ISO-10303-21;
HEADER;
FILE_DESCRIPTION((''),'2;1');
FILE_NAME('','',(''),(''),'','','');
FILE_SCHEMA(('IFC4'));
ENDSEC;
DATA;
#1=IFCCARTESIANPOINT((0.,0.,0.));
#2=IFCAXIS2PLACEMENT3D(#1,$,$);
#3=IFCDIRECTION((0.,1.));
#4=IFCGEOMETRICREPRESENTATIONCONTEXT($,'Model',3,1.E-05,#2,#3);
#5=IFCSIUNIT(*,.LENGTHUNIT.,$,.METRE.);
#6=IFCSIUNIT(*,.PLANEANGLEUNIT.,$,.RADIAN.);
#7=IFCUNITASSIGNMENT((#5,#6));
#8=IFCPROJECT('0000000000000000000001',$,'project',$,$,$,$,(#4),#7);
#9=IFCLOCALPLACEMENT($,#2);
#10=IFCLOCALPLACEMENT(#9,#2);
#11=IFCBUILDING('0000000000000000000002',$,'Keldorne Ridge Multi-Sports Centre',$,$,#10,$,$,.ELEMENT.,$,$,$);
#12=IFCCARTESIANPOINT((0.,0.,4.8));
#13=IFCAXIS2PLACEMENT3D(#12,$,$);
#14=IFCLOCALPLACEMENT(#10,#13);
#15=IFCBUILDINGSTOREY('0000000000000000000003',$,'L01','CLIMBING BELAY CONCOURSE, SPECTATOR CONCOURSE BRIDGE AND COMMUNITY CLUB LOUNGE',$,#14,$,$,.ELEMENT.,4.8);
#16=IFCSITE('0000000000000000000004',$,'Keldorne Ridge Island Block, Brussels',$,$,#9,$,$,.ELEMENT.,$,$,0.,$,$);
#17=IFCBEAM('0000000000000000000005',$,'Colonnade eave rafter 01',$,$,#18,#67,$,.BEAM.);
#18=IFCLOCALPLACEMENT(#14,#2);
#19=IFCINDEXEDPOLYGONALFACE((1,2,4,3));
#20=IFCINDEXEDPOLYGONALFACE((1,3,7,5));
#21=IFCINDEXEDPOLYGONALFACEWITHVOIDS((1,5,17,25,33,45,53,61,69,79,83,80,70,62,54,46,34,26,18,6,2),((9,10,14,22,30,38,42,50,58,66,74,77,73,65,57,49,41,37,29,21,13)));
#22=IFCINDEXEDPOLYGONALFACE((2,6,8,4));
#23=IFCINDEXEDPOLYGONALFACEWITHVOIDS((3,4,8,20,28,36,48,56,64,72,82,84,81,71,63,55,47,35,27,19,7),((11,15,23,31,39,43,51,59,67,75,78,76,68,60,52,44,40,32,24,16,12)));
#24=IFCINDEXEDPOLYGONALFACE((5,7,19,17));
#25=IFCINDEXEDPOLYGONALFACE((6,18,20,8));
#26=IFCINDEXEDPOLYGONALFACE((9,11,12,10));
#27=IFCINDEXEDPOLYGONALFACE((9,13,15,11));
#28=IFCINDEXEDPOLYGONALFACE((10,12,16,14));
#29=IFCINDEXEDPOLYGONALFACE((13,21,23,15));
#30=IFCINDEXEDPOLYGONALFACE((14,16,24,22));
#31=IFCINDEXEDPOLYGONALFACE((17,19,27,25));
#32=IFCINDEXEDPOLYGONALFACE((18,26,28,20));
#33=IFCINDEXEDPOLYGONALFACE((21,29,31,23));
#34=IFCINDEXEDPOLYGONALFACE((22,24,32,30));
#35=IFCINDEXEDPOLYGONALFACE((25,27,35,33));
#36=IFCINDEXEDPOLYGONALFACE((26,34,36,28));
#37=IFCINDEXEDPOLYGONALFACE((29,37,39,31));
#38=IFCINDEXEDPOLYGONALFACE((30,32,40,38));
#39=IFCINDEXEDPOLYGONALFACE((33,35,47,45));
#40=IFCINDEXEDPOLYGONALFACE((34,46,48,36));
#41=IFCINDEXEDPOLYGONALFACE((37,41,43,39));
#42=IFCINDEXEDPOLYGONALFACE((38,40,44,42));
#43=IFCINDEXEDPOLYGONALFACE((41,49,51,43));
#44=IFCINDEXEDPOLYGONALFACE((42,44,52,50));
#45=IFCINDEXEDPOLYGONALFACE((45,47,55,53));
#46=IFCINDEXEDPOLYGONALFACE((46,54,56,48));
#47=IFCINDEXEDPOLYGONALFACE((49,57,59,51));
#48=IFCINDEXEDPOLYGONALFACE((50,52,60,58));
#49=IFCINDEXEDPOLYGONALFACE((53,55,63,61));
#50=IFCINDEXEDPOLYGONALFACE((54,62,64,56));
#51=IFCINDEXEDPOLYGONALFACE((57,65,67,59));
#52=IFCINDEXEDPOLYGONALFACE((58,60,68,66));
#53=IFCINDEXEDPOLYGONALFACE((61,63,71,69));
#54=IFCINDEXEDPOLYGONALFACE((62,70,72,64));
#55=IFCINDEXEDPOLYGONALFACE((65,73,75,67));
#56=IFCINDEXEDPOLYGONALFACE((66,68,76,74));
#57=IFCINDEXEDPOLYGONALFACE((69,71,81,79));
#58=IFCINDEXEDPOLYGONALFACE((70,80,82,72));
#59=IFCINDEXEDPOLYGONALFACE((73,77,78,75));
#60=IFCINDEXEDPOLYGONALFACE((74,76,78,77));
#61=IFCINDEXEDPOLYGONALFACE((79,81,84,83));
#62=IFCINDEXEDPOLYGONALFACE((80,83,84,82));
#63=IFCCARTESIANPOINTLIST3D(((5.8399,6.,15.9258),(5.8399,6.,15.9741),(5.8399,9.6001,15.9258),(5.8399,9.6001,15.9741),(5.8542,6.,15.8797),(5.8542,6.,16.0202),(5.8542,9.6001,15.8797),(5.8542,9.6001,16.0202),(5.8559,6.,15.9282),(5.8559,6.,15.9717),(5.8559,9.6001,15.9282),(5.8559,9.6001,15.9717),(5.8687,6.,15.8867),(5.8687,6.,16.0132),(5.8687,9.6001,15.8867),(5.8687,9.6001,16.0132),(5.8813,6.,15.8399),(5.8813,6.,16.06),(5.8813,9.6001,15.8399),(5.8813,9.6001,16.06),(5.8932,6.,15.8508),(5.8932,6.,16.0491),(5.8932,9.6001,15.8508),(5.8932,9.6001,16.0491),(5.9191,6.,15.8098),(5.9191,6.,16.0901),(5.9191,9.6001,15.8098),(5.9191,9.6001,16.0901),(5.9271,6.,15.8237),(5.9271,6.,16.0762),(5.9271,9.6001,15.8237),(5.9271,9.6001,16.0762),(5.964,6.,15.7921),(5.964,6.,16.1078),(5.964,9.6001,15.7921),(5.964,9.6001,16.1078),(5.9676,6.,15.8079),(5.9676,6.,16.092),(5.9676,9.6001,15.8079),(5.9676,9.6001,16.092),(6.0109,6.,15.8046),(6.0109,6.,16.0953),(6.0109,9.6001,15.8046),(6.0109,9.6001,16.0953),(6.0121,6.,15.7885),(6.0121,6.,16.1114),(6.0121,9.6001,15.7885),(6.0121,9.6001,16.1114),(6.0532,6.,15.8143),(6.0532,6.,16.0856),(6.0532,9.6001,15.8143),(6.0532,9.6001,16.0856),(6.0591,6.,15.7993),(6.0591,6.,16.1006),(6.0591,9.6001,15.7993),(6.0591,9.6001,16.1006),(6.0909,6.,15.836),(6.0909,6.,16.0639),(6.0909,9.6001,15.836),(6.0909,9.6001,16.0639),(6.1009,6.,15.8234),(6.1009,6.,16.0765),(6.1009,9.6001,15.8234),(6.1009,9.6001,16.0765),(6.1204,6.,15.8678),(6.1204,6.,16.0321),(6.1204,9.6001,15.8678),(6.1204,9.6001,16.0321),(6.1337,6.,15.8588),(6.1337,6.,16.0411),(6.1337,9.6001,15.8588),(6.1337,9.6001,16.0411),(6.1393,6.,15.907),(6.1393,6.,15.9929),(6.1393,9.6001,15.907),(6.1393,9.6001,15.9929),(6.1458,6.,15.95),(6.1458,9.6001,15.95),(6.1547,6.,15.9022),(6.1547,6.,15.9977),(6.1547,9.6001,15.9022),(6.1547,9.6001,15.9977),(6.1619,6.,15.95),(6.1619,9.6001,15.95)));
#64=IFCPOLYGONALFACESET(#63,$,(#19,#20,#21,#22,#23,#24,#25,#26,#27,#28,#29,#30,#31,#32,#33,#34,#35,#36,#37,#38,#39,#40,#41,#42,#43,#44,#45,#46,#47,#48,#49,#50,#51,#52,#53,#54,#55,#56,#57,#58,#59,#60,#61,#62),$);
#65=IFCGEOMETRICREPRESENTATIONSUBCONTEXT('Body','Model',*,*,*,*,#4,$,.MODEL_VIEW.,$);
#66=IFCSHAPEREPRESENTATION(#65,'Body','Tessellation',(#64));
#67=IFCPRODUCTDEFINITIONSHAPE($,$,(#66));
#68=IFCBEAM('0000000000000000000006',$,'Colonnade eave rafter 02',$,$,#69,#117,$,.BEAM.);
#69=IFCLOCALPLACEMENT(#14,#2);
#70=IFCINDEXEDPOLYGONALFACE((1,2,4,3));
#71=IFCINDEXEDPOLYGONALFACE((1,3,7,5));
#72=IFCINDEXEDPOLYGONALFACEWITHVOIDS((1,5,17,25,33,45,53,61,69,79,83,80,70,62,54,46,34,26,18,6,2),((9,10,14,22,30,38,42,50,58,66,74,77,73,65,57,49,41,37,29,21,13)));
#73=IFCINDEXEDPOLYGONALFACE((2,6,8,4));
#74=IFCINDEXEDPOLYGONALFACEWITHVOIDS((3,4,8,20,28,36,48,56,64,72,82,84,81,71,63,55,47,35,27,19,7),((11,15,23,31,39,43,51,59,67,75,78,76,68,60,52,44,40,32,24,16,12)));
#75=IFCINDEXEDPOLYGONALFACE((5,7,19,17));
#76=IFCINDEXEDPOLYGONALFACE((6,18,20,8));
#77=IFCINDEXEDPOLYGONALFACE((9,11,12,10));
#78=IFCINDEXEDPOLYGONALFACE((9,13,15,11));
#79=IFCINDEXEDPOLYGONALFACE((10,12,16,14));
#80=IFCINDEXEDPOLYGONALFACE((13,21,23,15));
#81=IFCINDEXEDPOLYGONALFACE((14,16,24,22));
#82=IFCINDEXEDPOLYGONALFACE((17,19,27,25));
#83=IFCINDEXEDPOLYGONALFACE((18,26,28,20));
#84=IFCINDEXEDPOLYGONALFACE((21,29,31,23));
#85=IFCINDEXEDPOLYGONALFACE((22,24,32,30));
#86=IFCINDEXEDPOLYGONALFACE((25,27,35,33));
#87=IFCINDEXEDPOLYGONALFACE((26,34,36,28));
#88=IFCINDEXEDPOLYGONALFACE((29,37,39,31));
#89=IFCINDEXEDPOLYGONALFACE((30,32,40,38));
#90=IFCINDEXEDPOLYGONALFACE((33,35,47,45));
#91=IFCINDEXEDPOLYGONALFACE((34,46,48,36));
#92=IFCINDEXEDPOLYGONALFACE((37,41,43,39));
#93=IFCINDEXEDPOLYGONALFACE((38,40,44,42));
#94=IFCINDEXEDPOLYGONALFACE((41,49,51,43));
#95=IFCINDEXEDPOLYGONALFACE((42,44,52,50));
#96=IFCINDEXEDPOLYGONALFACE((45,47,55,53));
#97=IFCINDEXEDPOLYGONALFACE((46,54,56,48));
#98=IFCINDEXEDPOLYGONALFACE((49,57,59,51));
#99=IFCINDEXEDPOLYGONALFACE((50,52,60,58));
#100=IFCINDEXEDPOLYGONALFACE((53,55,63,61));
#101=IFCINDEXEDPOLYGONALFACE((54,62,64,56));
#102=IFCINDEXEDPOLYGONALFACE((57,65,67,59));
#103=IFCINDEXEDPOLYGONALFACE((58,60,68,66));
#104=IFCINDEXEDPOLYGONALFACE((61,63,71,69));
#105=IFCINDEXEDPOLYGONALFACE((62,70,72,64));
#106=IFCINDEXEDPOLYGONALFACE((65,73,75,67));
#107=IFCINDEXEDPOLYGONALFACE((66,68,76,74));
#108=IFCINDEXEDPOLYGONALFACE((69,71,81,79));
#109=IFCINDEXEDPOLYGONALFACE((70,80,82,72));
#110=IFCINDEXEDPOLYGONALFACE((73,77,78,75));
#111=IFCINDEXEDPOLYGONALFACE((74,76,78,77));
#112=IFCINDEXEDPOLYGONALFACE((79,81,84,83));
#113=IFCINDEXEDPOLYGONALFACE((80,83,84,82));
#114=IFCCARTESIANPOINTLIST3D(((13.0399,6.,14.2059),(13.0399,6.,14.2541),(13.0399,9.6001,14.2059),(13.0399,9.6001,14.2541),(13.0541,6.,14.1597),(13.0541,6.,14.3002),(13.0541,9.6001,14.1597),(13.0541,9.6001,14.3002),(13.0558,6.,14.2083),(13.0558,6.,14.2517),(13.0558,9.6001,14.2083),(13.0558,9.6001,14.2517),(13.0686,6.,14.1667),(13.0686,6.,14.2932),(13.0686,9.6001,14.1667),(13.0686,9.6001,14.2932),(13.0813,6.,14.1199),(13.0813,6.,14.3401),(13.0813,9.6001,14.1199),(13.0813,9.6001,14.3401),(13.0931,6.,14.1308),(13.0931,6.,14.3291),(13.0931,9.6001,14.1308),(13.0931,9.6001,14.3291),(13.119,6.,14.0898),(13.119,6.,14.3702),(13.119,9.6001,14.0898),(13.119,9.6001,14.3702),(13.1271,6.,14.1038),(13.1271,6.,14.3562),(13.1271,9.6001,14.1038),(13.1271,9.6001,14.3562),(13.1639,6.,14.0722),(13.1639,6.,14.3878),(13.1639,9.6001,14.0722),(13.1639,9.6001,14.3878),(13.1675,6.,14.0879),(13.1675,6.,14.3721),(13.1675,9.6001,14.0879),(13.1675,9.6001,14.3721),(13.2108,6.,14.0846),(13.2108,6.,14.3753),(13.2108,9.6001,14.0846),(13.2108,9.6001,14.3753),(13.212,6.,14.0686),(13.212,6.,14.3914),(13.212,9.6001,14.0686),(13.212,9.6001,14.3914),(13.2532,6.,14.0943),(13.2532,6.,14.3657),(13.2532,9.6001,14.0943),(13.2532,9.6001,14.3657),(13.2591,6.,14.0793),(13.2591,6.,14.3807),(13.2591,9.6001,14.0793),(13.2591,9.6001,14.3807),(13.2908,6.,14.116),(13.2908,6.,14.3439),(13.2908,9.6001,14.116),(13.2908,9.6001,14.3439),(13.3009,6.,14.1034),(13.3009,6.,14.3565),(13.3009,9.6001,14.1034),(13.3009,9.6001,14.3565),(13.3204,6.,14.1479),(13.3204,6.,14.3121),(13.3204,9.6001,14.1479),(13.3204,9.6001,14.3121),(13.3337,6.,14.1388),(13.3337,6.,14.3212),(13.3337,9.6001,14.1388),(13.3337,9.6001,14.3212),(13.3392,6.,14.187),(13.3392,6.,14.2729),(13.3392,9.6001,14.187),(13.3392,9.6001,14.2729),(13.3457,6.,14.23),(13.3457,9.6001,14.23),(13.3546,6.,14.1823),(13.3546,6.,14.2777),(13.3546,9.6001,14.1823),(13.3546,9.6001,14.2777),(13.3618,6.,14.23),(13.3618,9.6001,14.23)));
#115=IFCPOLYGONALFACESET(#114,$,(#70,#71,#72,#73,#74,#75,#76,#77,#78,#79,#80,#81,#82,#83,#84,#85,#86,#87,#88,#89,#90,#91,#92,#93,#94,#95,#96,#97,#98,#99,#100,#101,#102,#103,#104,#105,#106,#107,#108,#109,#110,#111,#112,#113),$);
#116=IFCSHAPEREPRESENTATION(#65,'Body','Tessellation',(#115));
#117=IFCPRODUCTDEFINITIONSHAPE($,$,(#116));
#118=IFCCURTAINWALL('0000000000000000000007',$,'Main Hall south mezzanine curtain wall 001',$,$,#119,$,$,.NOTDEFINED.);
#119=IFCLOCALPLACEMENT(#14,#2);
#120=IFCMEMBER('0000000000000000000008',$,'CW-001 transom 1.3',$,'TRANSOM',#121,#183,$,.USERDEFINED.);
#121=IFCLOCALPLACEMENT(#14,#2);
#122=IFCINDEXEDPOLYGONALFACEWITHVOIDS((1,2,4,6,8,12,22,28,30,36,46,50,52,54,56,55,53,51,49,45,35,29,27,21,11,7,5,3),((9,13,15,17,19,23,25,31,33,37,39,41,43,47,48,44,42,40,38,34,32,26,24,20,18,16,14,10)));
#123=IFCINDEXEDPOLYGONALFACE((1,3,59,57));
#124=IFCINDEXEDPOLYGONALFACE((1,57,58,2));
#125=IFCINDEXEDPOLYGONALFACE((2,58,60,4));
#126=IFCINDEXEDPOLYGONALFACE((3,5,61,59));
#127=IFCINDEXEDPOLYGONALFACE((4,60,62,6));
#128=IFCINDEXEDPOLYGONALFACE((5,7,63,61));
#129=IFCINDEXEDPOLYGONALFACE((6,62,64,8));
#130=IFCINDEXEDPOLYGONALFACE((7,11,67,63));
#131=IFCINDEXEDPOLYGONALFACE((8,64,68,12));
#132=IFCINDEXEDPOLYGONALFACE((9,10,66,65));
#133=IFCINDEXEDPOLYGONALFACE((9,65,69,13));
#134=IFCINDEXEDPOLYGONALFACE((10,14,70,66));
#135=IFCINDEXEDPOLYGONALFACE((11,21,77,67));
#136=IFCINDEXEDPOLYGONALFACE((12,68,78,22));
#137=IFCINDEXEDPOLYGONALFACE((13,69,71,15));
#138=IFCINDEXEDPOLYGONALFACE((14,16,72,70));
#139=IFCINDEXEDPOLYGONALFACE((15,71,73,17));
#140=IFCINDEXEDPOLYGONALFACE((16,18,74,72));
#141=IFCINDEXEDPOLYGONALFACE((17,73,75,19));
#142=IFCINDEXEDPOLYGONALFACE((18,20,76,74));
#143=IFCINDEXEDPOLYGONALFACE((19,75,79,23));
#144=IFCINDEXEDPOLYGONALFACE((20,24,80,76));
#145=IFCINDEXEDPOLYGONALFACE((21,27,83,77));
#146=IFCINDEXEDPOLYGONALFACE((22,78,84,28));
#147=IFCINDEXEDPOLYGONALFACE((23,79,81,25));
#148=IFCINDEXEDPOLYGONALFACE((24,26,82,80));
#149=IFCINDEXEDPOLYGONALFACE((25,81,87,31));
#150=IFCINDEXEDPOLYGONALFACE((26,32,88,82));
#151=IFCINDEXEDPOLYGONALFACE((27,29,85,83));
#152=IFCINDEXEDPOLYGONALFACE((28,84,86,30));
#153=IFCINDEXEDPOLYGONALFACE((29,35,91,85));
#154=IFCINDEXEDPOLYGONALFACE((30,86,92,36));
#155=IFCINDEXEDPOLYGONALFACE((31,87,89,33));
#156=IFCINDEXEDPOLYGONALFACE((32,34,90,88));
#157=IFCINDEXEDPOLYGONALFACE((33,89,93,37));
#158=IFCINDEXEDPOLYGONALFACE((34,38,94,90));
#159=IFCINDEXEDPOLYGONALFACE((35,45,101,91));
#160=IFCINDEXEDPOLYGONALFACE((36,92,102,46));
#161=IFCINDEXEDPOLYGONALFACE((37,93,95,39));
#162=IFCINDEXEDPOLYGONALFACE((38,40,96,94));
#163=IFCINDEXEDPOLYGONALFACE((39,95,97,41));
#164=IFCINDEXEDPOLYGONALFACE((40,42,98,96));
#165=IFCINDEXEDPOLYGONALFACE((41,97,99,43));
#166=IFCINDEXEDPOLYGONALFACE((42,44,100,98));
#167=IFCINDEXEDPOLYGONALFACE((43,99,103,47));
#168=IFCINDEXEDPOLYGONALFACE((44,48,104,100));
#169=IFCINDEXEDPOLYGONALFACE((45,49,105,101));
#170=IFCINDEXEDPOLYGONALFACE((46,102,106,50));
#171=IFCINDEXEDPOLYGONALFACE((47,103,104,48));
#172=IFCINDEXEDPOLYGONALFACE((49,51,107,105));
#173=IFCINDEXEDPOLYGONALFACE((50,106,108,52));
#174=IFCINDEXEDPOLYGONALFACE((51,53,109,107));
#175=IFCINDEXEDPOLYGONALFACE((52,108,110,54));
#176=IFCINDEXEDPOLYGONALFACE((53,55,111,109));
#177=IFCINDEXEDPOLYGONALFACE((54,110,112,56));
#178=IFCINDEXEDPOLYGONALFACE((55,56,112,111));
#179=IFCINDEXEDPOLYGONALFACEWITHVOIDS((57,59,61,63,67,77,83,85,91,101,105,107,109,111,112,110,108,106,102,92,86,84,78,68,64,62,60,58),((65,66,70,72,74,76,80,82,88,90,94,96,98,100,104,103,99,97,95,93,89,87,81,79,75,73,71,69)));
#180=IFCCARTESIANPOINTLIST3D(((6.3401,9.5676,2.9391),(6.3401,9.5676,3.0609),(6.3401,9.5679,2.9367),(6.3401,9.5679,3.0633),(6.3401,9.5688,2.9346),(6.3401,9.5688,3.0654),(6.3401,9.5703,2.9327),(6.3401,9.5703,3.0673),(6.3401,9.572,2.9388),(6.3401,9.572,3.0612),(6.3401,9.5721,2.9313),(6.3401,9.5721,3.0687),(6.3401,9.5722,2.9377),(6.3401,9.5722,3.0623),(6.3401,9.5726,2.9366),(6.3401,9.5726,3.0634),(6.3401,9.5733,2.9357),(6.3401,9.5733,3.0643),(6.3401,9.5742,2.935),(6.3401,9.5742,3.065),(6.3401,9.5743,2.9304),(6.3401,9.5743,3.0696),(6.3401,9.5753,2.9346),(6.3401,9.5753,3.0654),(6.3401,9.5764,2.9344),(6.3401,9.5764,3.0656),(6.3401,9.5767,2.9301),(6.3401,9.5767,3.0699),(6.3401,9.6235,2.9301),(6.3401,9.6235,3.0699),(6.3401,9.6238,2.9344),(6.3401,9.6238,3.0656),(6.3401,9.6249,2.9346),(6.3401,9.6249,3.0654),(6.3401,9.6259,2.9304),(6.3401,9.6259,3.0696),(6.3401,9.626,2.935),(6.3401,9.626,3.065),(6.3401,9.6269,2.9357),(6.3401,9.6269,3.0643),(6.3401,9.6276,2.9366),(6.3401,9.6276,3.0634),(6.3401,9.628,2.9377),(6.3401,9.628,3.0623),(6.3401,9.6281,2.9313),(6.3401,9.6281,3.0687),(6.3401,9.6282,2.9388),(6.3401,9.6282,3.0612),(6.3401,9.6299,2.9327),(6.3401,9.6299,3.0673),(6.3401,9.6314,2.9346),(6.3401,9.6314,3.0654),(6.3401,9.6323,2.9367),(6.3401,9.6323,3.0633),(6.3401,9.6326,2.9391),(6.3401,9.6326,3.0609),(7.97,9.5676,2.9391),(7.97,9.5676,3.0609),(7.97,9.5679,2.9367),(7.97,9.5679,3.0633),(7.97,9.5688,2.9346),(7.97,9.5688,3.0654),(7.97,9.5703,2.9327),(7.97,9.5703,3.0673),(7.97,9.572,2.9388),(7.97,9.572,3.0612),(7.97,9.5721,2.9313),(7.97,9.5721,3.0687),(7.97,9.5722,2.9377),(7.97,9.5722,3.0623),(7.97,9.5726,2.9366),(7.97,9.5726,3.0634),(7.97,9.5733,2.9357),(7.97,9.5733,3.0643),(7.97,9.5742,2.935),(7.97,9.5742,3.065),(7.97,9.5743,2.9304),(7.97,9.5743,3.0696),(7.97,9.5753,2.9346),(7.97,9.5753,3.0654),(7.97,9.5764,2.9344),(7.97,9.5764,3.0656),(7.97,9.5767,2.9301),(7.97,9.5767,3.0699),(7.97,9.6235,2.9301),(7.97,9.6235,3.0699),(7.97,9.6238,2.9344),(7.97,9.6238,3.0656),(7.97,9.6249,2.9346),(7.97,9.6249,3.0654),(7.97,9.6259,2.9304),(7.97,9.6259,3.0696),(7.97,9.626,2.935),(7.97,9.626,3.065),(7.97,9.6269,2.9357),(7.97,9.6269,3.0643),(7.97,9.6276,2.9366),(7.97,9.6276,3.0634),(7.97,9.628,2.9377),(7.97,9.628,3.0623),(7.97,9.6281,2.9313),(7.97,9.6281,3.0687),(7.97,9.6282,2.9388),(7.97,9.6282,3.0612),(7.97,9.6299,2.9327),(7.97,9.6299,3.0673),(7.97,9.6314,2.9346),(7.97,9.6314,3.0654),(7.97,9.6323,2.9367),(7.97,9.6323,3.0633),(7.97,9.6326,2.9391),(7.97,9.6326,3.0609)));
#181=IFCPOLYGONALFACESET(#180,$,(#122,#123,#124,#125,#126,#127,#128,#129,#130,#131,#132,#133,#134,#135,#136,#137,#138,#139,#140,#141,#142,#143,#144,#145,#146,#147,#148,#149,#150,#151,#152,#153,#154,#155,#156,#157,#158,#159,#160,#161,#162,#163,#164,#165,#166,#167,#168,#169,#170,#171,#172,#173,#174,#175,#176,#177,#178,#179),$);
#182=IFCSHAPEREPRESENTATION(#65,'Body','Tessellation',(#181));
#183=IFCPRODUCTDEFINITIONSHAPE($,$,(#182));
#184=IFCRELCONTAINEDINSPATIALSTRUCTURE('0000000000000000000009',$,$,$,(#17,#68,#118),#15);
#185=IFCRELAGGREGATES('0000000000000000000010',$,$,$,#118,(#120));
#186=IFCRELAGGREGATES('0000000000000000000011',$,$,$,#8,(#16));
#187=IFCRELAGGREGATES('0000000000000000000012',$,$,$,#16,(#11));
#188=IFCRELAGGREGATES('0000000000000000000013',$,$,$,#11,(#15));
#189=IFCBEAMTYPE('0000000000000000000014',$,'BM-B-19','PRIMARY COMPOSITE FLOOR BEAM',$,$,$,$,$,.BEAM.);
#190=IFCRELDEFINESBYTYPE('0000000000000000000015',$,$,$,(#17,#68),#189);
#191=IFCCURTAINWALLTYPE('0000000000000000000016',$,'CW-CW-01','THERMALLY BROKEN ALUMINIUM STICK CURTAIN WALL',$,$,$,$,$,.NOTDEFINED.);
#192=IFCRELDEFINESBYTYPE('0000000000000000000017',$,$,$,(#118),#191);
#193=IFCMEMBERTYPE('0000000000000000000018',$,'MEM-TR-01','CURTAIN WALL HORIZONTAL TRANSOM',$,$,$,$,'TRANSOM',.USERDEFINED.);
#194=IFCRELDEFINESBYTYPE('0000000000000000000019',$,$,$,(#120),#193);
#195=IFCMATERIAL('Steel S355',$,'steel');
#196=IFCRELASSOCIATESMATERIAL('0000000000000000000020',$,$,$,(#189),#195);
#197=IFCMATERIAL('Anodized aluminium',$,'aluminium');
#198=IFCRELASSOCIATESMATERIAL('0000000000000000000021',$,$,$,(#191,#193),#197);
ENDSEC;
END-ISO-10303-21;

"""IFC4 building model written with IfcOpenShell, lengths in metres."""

from ifc_helpers import new_model, si_unit, direction, frame, origin, origin_2d, place, context, subcontext, project, spatial, hollow_rectangle, hollow_circle, extrude, material, material_profile, profile_set, type_object, element, aggregate, save


model = new_model("IFC4")

# Units and contexts
model_context = context("Model", 3, precision=1e-05, world=origin(), true_north=direction((0.0, 1.0)))
body_context = subcontext(model_context, "Body", "Model", "MODEL_VIEW")
ifc_project = project(units=[si_unit("LENGTHUNIT", "METRE"), si_unit("PLANEANGLEUNIT", "RADIAN")], contexts=[model_context])

# Site, building, storey
site_placement = place(None, origin())
site = spatial("IfcSite", under=ifc_project, at=site_placement, Name="Keldorne Ridge Island Block, Brussels", CompositionType="ELEMENT", RefElevation=0.0)
building_placement = place(site_placement, origin())
building = spatial("IfcBuilding", under=site, at=building_placement, Name="Keldorne Ridge Multi-Sports Centre", CompositionType="ELEMENT")
storey_placement = place(building_placement, frame((0.0, 0.0, 4.8)))
storey = spatial("IfcBuildingStorey", under=building, at=storey_placement, Name="L01", Description="CLIMBING BELAY CONCOURSE, SPECTATOR CONCOURSE BRIDGE AND COMMUNITY CLUB LOUNGE", CompositionType="ELEMENT", Elevation=4.8)

# Beams
ifc_material_1 = material(Name="Steel S355", Category="steel")
ifc_material_profile_1 = material_profile(ifc_material_1, hollow_circle(Radius=0.1619, WallThickness=0.0161, at=origin_2d()), Name="CHS 323.9x16")
ifc_profile_set_1 = profile_set([ifc_material_profile_1], Name="Steel S355")
beam_type = type_object("IfcBeamType", Name="BM-B-19", Description="PRIMARY COMPOSITE FLOOR BEAM", PredefinedType="BEAM", material=ifc_profile_set_1)
for number, where, z_axis, x_axis, name in (
    (1, (6.0, 9.6001, 15.95), (0.0, -1.0, 0.0), (1.0, 0.0, 0.0), "Colonnade eave rafter 01"),
    (2, (13.2, 9.6001, 14.23), (0.0, -1.0, 0.0), (1.0, 0.0, 0.0), "Colonnade eave rafter 02"),
):
    element("IfcBeam", number, at=place(storey_placement, frame(where, z_axis=z_axis, x_axis=x_axis)), inside=storey, type_object=beam_type, Name=name, PredefinedType="BEAM", context=body_context, shape_type="SweptSolid", body=[
        extrude(hollow_circle(Radius=0.1619, WallThickness=0.0161, at=origin_2d()), origin(), (0.0, 0.0, 1.0), 3.6001),
    ])

# Curtain wall, member
ifc_material_2 = material(Name="Anodized aluminium", Category="aluminium")
curtain_wall_type = type_object("IfcCurtainWallType", Name="CW-CW-01", Description="THERMALLY BROKEN ALUMINIUM STICK CURTAIN WALL", PredefinedType="NOTDEFINED", material=ifc_material_2)
curtain_wall_placement = place(storey_placement, origin())
curtain_wall = element("IfcCurtainWall", 3, at=curtain_wall_placement, inside=storey, type_object=curtain_wall_type, Name="Main Hall south mezzanine curtain wall 001", PredefinedType="NOTDEFINED")
ifc_material_profile_2 = material_profile(ifc_material_2, hollow_rectangle(XDim=0.0649, YDim=0.1399, WallThickness=0.0044, InnerFilletRadius=0.0044, OuterFilletRadius=0.009, at=origin_2d()), Name="ALU TRANSOM 140x65x4.5")
ifc_profile_set_2 = profile_set([ifc_material_profile_2], Name="Anodized aluminium")
member_type = type_object("IfcMemberType", Name="MEM-TR-01", Description="CURTAIN WALL HORIZONTAL TRANSOM", ElementType="TRANSOM", PredefinedType="USERDEFINED", material=ifc_profile_set_2)
member_1_placement = place(storey_placement, frame((6.3401, 9.6001, 3.0), z_axis=(1.0, 0.0, 0.0), x_axis=(0.0, 1.0, 0.0)))
member_1 = element("IfcMember", 4, at=member_1_placement, type_object=member_type, Name="CW-001 transom 1.3", ObjectType="TRANSOM", PredefinedType="USERDEFINED", context=body_context, shape_type="SweptSolid", body=[
    extrude(hollow_rectangle(XDim=0.0649, YDim=0.1399, WallThickness=0.0044, InnerFilletRadius=0.0044, OuterFilletRadius=0.009, at=origin_2d()), origin(), (0.0, 0.0, 1.0), 1.6299),
])
aggregate(curtain_wall, [member_1])

save(model, "model.ifc")
